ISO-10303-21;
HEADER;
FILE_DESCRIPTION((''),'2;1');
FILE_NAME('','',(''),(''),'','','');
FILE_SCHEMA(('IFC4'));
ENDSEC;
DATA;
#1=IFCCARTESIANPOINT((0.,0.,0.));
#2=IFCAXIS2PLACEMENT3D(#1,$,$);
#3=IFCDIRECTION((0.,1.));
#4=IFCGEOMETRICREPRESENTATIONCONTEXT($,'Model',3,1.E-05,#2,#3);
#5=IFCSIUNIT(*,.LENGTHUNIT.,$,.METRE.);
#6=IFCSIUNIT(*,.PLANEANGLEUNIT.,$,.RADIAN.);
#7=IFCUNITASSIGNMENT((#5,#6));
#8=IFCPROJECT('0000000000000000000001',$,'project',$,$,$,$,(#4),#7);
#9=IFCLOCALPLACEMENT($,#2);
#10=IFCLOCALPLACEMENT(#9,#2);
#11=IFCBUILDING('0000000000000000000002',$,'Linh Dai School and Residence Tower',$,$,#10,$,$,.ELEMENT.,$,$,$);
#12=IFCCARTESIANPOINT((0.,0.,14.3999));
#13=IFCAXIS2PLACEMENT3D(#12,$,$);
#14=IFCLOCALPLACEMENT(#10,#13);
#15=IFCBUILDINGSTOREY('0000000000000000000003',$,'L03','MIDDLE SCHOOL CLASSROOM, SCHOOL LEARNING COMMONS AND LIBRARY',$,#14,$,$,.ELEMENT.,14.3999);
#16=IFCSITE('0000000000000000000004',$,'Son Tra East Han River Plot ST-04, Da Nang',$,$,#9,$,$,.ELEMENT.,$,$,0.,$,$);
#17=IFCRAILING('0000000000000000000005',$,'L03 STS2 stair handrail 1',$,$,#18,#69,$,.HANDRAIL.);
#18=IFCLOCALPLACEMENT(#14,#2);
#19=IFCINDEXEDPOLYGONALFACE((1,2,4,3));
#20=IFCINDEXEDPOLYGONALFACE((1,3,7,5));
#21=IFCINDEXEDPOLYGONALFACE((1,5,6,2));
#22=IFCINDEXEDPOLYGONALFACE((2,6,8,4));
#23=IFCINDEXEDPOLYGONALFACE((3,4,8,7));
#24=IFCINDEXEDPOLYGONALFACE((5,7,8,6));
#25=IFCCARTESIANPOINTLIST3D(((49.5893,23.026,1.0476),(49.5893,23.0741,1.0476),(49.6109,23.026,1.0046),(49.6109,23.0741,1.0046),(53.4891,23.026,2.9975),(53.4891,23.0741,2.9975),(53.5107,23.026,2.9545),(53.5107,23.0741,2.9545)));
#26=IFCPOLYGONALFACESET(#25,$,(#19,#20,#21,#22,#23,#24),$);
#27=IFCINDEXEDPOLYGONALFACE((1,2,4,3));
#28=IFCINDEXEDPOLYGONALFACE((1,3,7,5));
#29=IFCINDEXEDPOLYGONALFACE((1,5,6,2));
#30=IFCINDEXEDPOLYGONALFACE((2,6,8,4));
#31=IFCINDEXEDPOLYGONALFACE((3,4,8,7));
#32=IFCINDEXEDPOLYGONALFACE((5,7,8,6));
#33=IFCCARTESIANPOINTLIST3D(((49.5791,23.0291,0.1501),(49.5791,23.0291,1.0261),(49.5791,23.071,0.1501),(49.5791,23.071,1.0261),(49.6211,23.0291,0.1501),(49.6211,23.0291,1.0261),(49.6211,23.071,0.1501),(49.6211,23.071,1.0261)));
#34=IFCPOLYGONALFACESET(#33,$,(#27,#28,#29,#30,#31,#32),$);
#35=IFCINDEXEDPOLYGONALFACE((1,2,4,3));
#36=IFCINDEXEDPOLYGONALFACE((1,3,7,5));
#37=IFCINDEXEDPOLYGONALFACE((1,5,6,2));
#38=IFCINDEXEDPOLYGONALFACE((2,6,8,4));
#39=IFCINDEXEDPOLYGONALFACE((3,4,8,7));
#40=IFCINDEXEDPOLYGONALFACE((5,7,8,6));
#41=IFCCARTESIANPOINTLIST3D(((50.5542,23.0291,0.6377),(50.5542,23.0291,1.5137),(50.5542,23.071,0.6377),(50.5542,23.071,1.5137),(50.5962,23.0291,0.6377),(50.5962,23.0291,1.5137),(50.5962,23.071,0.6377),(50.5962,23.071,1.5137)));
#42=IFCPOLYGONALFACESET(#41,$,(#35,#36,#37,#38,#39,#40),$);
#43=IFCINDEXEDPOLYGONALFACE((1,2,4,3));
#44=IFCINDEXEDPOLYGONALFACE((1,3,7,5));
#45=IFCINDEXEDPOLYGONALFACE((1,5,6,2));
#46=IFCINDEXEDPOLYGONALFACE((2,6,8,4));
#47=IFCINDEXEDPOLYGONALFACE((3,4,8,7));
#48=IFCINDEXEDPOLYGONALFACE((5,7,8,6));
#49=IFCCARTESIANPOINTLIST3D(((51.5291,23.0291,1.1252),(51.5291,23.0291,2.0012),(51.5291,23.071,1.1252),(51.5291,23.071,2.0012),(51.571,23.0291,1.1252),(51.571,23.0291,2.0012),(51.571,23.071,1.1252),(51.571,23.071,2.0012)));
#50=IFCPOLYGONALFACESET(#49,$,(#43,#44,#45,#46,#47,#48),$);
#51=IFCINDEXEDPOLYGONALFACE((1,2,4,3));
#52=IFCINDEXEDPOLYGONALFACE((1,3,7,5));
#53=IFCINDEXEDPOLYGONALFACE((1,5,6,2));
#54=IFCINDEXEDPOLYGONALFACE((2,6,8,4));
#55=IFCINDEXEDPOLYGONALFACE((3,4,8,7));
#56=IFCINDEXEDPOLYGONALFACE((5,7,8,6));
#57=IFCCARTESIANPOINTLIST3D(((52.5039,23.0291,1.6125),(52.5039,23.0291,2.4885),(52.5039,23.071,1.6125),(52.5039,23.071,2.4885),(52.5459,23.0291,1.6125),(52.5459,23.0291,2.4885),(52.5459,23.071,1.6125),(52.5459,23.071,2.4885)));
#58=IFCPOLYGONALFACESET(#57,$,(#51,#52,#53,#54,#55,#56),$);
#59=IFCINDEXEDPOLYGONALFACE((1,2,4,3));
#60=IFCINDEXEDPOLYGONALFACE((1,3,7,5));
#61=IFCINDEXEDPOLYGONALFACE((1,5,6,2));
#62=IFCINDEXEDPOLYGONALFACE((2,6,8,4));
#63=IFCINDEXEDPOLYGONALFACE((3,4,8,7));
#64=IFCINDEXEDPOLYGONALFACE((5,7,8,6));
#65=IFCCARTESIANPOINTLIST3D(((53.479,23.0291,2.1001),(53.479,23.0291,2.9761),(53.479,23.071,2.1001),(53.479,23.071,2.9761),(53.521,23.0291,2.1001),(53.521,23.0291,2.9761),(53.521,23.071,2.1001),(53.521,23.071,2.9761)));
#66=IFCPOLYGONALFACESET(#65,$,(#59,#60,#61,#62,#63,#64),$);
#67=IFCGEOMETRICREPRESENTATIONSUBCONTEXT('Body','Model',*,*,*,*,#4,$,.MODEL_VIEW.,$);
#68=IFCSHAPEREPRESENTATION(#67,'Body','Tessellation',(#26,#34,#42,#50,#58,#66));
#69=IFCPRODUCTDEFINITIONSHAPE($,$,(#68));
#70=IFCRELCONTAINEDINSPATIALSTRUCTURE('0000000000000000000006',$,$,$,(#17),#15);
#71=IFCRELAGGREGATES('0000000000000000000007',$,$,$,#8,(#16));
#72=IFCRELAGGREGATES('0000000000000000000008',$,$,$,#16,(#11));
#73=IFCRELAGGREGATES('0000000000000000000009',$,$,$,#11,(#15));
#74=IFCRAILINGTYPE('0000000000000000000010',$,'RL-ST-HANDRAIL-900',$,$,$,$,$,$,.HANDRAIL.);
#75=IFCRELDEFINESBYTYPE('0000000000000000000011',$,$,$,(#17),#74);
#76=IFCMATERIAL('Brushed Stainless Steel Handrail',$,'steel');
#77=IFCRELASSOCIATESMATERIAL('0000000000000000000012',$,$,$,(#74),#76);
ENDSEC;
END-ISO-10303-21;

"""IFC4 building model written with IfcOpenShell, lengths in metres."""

from ifc_helpers import new_model, si_unit, direction, frame, origin, origin_2d, place, context, subcontext, project, spatial, rectangle, extrude, source, transform, mapped, material, type_object, element, save


model = new_model("IFC4")

# Units and contexts
model_context = context("Model", 3, precision=1e-05, world=origin(), true_north=direction((0.0, 1.0)))
body_context = subcontext(model_context, "Body", "Model", "MODEL_VIEW")
ifc_project = project(units=[si_unit("LENGTHUNIT", "METRE"), si_unit("PLANEANGLEUNIT", "RADIAN")], contexts=[model_context])

# Site, building, storey
site_placement = place(None, origin())
site = spatial("IfcSite", under=ifc_project, at=site_placement, Name="Son Tra East Han River Plot ST-04, Da Nang", CompositionType="ELEMENT", RefElevation=0.0)
building_placement = place(site_placement, origin())
building = spatial("IfcBuilding", under=site, at=building_placement, Name="Linh Dai School and Residence Tower", CompositionType="ELEMENT")
storey_placement = place(building_placement, frame((0.0, 0.0, 14.3999)))
storey = spatial("IfcBuildingStorey", under=building, at=storey_placement, Name="L03", Description="MIDDLE SCHOOL CLASSROOM, SCHOOL LEARNING COMMONS AND LIBRARY", CompositionType="ELEMENT", Elevation=14.3999)

# Railing
ifc_material_1 = material(Name="Brushed Stainless Steel Handrail", Category="steel")
railing_type_1 = type_object("IfcRailingType", Name="RL-ST-HANDRAIL-900", PredefinedType="HANDRAIL", material=ifc_material_1)
shared_shape_1 = source(origin(), body_context, "Body", "SweptSolid", [
    extrude(rectangle(XDim=0.0481, YDim=0.0481, at=origin_2d()), frame((0.0, 0.0, 0.876), z_axis=(0.894427, 0.0, 0.447214), x_axis=(0.0, 1.0, 0.0)), (0.0, 0.0, 1.0), 4.3601),
    extrude(rectangle(XDim=0.042, YDim=0.042, at=origin_2d()), origin(), (0.0, 0.0, 1.0), 0.876),
    extrude(rectangle(XDim=0.042, YDim=0.042, at=origin_2d()), frame((0.9751, 0.0, 0.4875)), (0.0, 0.0, 1.0), 0.876),
    extrude(rectangle(XDim=0.042, YDim=0.042, at=origin_2d()), frame((1.95, 0.0, 0.9751)), (0.0, 0.0, 1.0), 0.876),
    extrude(rectangle(XDim=0.042, YDim=0.042, at=origin_2d()), frame((2.9248, 0.0, 1.4624)), (0.0, 0.0, 1.0), 0.876),
    extrude(rectangle(XDim=0.042, YDim=0.042, at=origin_2d()), frame((3.8999, 0.0, 1.95)), (0.0, 0.0, 1.0), 0.876),
])
railing_1_placement = place(storey_placement, frame((49.6001, 23.05, 0.1501)))
element("IfcRailing", 1, at=railing_1_placement, inside=storey, type_object=railing_type_1, Name="L03 STS2 stair handrail 1", PredefinedType="HANDRAIL", context=body_context, shape_type="MappedRepresentation", body=[
    mapped(shared_shape_1, transform((0.0, 0.0, 0.0), x_axis=(1.0, 0.0, 0.0), y_axis=(0.0, 1.0, 0.0), z_axis=(0.0, 0.0, 1.0), scale=1.0)),
])

save(model, "model.ifc")
